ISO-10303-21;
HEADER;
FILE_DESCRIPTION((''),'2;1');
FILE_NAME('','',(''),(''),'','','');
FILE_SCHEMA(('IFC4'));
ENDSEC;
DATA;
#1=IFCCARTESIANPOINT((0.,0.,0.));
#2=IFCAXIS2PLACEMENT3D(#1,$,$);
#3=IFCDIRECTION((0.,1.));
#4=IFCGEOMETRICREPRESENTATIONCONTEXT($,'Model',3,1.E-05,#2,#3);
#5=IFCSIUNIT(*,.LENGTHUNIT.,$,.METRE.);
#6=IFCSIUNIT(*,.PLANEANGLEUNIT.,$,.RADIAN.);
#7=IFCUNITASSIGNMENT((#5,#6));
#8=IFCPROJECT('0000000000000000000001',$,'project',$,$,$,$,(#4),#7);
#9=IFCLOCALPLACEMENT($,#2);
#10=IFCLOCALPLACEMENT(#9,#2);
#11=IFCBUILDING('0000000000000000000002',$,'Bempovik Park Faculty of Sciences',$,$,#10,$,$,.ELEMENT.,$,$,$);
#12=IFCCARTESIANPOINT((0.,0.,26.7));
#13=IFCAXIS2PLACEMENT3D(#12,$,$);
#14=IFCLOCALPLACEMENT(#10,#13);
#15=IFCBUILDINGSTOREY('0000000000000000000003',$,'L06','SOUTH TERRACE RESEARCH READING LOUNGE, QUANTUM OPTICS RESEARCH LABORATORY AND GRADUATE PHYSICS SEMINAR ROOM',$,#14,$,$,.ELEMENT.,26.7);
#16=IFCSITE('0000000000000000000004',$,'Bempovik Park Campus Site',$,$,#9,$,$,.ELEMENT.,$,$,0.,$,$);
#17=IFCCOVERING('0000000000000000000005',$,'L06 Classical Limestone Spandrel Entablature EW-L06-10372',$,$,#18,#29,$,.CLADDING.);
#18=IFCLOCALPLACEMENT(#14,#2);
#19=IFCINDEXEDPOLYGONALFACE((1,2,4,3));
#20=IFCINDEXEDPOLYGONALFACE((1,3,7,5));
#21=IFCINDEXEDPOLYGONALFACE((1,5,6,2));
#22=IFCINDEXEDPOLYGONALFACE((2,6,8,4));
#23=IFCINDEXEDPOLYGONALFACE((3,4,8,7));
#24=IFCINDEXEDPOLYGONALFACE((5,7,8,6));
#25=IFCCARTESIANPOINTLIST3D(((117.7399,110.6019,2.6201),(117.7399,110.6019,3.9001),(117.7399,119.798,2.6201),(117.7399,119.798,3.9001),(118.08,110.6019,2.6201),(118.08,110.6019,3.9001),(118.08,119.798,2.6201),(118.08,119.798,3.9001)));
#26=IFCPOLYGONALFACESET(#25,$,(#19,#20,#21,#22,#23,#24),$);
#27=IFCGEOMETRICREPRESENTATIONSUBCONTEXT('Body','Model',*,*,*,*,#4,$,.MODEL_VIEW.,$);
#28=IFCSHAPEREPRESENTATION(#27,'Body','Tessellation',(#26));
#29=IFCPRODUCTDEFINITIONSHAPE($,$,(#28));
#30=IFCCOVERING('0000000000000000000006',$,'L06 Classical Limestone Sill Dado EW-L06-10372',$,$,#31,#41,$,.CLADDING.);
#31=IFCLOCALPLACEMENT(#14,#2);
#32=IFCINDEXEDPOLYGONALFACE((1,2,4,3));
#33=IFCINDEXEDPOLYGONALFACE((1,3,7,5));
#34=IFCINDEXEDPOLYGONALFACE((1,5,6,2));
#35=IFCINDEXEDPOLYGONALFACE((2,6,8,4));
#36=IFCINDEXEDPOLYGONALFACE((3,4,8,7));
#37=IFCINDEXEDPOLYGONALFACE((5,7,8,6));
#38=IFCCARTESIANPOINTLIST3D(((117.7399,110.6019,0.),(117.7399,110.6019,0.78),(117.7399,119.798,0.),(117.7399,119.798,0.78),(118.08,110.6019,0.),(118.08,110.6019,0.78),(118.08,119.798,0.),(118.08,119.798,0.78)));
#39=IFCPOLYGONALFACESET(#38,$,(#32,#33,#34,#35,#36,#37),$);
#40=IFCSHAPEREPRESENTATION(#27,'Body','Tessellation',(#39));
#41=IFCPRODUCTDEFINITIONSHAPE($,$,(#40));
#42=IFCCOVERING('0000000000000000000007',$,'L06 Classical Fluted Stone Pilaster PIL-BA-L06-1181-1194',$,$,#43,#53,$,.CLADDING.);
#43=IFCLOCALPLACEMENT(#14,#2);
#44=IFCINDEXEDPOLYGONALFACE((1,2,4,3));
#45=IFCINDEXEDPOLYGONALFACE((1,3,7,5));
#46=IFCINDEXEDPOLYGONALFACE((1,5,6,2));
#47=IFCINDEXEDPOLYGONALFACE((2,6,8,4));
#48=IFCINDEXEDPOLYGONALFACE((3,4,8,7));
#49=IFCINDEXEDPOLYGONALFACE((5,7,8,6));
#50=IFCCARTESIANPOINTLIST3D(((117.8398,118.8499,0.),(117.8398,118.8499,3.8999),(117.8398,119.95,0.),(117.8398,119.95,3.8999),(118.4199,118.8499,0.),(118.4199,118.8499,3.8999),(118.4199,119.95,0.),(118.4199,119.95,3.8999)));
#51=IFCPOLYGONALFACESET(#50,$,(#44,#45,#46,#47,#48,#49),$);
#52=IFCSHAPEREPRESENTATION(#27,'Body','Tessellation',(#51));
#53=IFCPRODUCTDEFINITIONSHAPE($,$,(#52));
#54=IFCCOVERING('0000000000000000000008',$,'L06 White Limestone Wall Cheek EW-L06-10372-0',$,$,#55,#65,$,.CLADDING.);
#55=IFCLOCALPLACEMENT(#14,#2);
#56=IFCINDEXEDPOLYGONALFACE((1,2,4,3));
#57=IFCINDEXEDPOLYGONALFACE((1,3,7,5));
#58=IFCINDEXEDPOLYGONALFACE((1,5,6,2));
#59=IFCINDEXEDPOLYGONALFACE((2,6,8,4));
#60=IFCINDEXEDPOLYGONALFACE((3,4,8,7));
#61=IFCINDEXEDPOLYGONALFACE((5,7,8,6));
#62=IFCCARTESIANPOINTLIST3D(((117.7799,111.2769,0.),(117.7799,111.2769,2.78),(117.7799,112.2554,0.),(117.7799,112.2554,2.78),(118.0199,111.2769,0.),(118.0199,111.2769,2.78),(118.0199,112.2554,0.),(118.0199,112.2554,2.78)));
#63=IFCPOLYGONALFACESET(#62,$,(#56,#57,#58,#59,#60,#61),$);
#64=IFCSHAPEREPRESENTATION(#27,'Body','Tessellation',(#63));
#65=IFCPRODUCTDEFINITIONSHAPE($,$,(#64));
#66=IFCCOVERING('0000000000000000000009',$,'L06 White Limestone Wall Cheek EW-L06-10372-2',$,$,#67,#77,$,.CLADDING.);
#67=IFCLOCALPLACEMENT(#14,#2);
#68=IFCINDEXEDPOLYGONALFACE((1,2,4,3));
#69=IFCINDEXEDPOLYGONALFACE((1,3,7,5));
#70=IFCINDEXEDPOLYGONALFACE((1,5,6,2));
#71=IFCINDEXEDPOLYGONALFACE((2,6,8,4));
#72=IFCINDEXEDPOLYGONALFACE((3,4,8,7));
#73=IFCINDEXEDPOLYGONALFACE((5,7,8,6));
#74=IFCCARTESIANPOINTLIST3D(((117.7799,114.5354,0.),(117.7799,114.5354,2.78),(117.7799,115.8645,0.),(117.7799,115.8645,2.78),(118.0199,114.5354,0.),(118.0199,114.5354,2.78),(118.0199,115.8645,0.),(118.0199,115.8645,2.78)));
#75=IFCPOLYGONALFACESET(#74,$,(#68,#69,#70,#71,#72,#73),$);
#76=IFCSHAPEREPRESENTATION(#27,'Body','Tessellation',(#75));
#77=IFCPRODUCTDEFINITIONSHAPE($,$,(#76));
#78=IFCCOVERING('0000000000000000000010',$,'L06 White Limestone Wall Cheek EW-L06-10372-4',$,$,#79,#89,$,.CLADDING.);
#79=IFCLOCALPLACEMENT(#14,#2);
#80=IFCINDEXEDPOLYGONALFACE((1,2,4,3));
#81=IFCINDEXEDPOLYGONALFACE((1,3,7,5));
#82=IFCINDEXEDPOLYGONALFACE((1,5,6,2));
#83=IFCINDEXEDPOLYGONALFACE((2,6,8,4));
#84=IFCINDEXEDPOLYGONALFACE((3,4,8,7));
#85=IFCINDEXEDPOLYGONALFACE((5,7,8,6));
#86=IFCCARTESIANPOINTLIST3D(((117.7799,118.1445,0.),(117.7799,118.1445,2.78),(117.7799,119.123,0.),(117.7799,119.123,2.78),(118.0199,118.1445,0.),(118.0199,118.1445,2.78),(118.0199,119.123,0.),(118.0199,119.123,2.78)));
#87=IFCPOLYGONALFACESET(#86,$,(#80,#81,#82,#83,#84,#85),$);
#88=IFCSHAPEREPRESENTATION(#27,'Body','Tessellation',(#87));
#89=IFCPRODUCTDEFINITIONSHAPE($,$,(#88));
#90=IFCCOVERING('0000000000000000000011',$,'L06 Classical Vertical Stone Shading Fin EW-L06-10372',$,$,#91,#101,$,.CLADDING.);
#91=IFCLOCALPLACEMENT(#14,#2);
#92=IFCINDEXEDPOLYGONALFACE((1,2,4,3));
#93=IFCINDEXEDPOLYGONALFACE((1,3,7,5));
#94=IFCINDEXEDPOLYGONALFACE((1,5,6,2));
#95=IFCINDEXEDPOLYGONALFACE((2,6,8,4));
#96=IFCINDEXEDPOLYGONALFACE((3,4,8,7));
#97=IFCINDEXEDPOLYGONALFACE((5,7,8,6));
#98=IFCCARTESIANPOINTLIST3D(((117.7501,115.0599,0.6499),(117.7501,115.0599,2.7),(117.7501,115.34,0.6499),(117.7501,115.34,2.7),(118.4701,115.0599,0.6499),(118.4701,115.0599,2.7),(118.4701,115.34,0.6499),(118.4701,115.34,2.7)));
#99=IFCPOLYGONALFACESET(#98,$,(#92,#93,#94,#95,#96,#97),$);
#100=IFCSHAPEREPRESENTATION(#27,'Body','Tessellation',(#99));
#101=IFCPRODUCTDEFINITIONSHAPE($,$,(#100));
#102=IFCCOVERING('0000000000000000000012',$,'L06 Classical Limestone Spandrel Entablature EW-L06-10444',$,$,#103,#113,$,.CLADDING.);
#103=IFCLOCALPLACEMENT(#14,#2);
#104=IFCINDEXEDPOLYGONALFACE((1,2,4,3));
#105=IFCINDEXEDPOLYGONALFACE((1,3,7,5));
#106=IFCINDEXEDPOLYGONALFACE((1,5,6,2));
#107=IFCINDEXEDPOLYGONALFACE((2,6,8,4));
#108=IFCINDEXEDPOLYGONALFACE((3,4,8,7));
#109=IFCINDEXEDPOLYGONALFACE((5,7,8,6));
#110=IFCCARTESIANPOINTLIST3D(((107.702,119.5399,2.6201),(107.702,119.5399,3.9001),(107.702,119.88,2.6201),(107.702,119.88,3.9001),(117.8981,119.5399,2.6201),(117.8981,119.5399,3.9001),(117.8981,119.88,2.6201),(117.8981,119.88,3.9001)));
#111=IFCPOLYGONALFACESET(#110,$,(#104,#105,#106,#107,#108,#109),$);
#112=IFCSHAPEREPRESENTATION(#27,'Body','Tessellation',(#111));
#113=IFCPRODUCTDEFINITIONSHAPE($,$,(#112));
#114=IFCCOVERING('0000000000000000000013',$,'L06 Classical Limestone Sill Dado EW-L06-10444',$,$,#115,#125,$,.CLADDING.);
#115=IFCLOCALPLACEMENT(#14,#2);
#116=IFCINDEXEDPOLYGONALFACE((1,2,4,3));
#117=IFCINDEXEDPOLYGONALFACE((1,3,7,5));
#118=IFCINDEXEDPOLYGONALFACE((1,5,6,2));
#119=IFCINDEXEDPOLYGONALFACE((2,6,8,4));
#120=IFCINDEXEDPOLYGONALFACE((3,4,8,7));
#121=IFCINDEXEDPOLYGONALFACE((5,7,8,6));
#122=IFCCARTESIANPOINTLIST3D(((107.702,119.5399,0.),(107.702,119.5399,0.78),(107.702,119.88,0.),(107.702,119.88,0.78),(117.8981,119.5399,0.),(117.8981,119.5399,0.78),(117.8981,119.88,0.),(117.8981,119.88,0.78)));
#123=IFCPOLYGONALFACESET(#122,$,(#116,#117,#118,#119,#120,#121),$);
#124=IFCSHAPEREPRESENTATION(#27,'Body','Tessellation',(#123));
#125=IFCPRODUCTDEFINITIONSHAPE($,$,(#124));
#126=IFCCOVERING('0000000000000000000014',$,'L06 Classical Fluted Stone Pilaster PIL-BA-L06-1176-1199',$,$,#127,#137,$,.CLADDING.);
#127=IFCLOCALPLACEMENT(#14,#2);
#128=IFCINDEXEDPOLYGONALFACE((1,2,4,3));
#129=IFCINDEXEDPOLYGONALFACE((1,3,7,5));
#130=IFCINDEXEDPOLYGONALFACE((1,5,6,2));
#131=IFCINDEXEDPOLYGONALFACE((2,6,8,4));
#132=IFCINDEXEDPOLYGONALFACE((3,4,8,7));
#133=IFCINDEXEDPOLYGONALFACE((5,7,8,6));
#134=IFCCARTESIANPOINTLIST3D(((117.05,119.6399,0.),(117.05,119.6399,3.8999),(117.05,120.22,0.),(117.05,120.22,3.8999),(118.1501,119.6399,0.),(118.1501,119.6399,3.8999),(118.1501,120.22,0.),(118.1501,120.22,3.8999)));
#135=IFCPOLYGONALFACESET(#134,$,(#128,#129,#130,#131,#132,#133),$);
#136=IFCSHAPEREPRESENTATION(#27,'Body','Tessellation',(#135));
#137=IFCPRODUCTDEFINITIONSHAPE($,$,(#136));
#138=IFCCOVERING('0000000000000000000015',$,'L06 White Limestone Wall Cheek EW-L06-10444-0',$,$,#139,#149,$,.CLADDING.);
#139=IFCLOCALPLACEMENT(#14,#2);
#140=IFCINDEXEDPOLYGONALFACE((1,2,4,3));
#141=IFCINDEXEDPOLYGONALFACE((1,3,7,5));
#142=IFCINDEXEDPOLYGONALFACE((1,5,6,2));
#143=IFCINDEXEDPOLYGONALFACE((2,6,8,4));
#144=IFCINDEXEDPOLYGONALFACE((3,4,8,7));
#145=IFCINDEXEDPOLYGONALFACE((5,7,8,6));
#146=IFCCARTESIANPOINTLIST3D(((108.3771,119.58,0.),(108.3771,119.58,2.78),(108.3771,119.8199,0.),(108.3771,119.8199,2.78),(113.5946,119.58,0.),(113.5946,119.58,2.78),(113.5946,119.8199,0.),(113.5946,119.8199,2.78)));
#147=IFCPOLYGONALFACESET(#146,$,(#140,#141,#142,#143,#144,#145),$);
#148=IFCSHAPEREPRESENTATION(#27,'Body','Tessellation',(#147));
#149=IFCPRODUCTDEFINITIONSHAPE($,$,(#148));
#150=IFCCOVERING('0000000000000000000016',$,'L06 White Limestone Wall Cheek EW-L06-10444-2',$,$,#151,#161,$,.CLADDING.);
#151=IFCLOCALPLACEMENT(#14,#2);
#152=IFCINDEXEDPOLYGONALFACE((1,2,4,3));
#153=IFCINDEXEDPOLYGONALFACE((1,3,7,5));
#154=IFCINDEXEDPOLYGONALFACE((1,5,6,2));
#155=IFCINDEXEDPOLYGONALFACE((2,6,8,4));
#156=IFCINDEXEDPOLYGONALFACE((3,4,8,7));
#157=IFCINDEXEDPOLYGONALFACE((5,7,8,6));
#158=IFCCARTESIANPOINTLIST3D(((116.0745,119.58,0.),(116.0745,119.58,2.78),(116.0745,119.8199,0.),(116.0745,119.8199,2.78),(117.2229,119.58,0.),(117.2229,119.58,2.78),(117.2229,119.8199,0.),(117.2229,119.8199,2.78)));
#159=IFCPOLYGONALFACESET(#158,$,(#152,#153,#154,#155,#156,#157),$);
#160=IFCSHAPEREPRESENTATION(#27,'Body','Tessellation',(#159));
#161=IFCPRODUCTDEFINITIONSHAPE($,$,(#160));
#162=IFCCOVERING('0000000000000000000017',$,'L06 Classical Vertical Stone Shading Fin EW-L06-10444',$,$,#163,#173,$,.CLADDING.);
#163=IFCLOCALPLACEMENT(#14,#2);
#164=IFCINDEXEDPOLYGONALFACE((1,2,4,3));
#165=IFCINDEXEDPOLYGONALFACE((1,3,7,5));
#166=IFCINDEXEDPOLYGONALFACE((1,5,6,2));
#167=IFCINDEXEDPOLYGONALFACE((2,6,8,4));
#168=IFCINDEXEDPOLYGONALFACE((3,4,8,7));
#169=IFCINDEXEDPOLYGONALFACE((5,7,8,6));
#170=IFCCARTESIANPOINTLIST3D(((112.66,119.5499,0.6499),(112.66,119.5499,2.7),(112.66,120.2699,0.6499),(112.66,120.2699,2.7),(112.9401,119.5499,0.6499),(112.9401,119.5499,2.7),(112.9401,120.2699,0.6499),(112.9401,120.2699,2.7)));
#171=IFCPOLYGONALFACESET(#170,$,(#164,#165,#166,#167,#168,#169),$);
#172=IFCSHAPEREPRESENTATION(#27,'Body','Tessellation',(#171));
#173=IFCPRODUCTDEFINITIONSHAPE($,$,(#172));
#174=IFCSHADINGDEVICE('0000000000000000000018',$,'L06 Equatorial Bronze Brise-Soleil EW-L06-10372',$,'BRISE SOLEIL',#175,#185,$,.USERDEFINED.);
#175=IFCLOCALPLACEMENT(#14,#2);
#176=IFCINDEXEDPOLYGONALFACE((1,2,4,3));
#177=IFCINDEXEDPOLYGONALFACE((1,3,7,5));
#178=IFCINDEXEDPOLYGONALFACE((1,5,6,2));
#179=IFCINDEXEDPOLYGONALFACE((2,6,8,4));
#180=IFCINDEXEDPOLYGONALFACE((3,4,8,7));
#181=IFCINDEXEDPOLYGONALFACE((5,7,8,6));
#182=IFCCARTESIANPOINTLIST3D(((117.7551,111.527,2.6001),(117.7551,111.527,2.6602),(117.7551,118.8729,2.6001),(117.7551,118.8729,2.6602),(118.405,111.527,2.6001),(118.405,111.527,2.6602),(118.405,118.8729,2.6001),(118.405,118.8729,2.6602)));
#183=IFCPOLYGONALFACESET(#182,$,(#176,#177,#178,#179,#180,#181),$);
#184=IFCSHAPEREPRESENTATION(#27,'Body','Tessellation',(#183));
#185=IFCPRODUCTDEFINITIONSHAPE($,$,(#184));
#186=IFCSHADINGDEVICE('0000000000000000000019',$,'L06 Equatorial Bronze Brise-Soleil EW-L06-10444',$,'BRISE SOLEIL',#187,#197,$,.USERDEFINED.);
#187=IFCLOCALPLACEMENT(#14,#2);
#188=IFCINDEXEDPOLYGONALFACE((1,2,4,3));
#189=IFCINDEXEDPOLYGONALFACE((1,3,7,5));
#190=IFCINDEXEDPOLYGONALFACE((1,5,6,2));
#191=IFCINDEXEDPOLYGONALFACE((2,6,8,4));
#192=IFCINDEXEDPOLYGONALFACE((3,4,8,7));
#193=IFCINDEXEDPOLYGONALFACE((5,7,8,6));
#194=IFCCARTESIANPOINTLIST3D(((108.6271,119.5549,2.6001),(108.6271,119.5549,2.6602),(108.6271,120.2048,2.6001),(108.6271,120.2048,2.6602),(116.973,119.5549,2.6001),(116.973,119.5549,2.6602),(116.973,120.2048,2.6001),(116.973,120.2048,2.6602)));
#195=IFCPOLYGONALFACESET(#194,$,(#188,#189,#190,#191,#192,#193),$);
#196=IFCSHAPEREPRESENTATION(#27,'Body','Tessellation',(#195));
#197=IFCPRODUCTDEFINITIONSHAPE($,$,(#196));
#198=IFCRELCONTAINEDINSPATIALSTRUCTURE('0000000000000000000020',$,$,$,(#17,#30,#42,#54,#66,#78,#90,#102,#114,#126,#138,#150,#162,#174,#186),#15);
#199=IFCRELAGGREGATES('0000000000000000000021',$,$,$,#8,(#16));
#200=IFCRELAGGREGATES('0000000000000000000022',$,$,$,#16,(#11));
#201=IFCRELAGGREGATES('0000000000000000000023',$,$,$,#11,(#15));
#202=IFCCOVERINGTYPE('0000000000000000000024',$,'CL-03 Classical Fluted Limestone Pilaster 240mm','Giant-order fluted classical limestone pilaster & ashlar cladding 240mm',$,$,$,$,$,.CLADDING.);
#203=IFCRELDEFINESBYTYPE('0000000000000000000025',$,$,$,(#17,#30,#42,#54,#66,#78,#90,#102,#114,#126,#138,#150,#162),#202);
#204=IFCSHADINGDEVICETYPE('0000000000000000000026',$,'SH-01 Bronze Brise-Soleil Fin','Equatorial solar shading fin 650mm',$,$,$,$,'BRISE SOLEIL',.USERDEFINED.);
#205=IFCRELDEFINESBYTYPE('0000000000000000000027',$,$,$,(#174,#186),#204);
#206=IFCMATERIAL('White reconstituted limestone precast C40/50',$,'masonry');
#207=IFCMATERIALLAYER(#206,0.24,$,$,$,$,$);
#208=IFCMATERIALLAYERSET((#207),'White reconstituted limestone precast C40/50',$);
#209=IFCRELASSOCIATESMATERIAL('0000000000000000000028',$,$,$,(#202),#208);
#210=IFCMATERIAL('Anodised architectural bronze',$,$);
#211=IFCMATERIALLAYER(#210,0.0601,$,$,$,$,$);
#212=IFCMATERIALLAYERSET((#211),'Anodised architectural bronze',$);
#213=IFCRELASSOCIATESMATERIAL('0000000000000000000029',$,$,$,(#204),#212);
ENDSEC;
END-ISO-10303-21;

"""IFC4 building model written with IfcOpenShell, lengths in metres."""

from ifc_helpers import new_model, si_unit, direction, frame, origin, origin_2d, place, context, subcontext, project, spatial, rectangle, extrude, material, layer, layer_set, type_object, element, save


model = new_model("IFC4")

# Units and contexts
model_context = context("Model", 3, precision=1e-05, world=origin(), true_north=direction((0.0, 1.0)))
body_context = subcontext(model_context, "Body", "Model", "MODEL_VIEW")
ifc_project = project(units=[si_unit("LENGTHUNIT", "METRE"), si_unit("PLANEANGLEUNIT", "RADIAN")], contexts=[model_context])

# Site, building, storey
site_placement = place(None, origin())
site = spatial("IfcSite", under=ifc_project, at=site_placement, Name="Bempovik Park Campus Site", CompositionType="ELEMENT", RefElevation=0.0)
building_placement = place(site_placement, origin())
building = spatial("IfcBuilding", under=site, at=building_placement, Name="Bempovik Park Faculty of Sciences", CompositionType="ELEMENT")
storey_placement = place(building_placement, frame((0.0, 0.0, 26.7)))
storey = spatial("IfcBuildingStorey", under=building, at=storey_placement, Name="L06", Description="SOUTH TERRACE RESEARCH READING LOUNGE, QUANTUM OPTICS RESEARCH LABORATORY AND GRADUATE PHYSICS SEMINAR ROOM", CompositionType="ELEMENT", Elevation=26.7)

# Coverings
ifc_material_1 = material(Name="White reconstituted limestone precast C40/50", Category="masonry")
ifc_layer_1 = layer(ifc_material_1, 0.24)
ifc_layer_set_1 = layer_set([ifc_layer_1], Name="White reconstituted limestone precast C40/50")
covering_type_1 = type_object("IfcCoveringType", Name="CL-03 Classical Fluted Limestone Pilaster 240mm", Description="Giant-order fluted classical limestone pilaster & ashlar cladding 240mm", PredefinedType="CLADDING", material=ifc_layer_set_1)
covering_1_placement = place(storey_placement, frame((117.9099, 115.2, 2.6201), z_axis=(0.0, 0.0, 1.0), x_axis=(1.0, 0.0, 0.0)))
element("IfcCovering", 1, at=covering_1_placement, inside=storey, type_object=covering_type_1, Name="L06 Classical Limestone Spandrel Entablature EW-L06-10372", PredefinedType="CLADDING", context=body_context, shape_type="SweptSolid", body=[
    extrude(rectangle(XDim=0.3401, YDim=9.196, at=origin_2d()), origin(), (0.0, 0.0, 1.0), 1.28),
])
covering_2_placement = place(storey_placement, frame((117.9099, 115.2, 0.0), z_axis=(0.0, 0.0, 1.0), x_axis=(1.0, 0.0, 0.0)))
element("IfcCovering", 2, at=covering_2_placement, inside=storey, type_object=covering_type_1, Name="L06 Classical Limestone Sill Dado EW-L06-10372", PredefinedType="CLADDING", context=body_context, shape_type="SweptSolid", body=[
    extrude(rectangle(XDim=0.3401, YDim=9.196, at=origin_2d()), origin(), (0.0, 0.0, 1.0), 0.78),
])
covering_3_placement = place(storey_placement, frame((118.1299, 119.3999, 0.0), z_axis=(0.0, 0.0, 1.0), x_axis=(1.0, 0.0, 0.0)))
element("IfcCovering", 3, at=covering_3_placement, inside=storey, type_object=covering_type_1, Name="L06 Classical Fluted Stone Pilaster PIL-BA-L06-1181-1194", PredefinedType="CLADDING", context=body_context, shape_type="SweptSolid", body=[
    extrude(rectangle(XDim=0.5801, YDim=1.1001, at=origin_2d()), origin(), (0.0, 0.0, 1.0), 3.8999),
])
covering_4_placement = place(storey_placement, frame((117.8999, 111.7661, 0.0), z_axis=(0.0, 0.0, 1.0), x_axis=(1.0, 0.0, 0.0)))
element("IfcCovering", 4, at=covering_4_placement, inside=storey, type_object=covering_type_1, Name="L06 White Limestone Wall Cheek EW-L06-10372-0", PredefinedType="CLADDING", context=body_context, shape_type="SweptSolid", body=[
    extrude(rectangle(XDim=0.24, YDim=0.9785, at=origin_2d()), origin(), (0.0, 0.0, 1.0), 2.78),
])
covering_5_placement = place(storey_placement, frame((117.8999, 115.2, 0.0), z_axis=(0.0, 0.0, 1.0), x_axis=(1.0, 0.0, 0.0)))
element("IfcCovering", 5, at=covering_5_placement, inside=storey, type_object=covering_type_1, Name="L06 White Limestone Wall Cheek EW-L06-10372-2", PredefinedType="CLADDING", context=body_context, shape_type="SweptSolid", body=[
    extrude(rectangle(XDim=0.24, YDim=1.3291, at=origin_2d()), origin(), (0.0, 0.0, 1.0), 2.78),
])
covering_6_placement = place(storey_placement, frame((117.8999, 118.6338, 0.0), z_axis=(0.0, 0.0, 1.0), x_axis=(1.0, 0.0, 0.0)))
element("IfcCovering", 6, at=covering_6_placement, inside=storey, type_object=covering_type_1, Name="L06 White Limestone Wall Cheek EW-L06-10372-4", PredefinedType="CLADDING", context=body_context, shape_type="SweptSolid", body=[
    extrude(rectangle(XDim=0.24, YDim=0.9785, at=origin_2d()), origin(), (0.0, 0.0, 1.0), 2.78),
])
covering_7_placement = place(storey_placement, frame((118.1101, 115.2, 0.6499), z_axis=(0.0, 0.0, 1.0), x_axis=(1.0, 0.0, 0.0)))
element("IfcCovering", 7, at=covering_7_placement, inside=storey, type_object=covering_type_1, Name="L06 Classical Vertical Stone Shading Fin EW-L06-10372", PredefinedType="CLADDING", context=body_context, shape_type="SweptSolid", body=[
    extrude(rectangle(XDim=0.72, YDim=0.28, at=origin_2d()), origin(), (0.0, 0.0, 1.0), 2.05),
])
covering_8_placement = place(storey_placement, frame((112.8, 119.71, 2.6201), z_axis=(0.0, 0.0, 1.0), x_axis=(1.0, 0.0, 0.0)))
element("IfcCovering", 8, at=covering_8_placement, inside=storey, type_object=covering_type_1, Name="L06 Classical Limestone Spandrel Entablature EW-L06-10444", PredefinedType="CLADDING", context=body_context, shape_type="SweptSolid", body=[
    extrude(rectangle(XDim=10.196, YDim=0.3401, at=origin_2d()), origin(), (0.0, 0.0, 1.0), 1.28),
])
covering_9_placement = place(storey_placement, frame((112.8, 119.71, 0.0), z_axis=(0.0, 0.0, 1.0), x_axis=(1.0, 0.0, 0.0)))
element("IfcCovering", 9, at=covering_9_placement, inside=storey, type_object=covering_type_1, Name="L06 Classical Limestone Sill Dado EW-L06-10444", PredefinedType="CLADDING", context=body_context, shape_type="SweptSolid", body=[
    extrude(rectangle(XDim=10.196, YDim=0.3401, at=origin_2d()), origin(), (0.0, 0.0, 1.0), 0.78),
])
covering_10_placement = place(storey_placement, frame((117.6001, 119.9299, 0.0), z_axis=(0.0, 0.0, 1.0), x_axis=(1.0, 0.0, 0.0)))
element("IfcCovering", 10, at=covering_10_placement, inside=storey, type_object=covering_type_1, Name="L06 Classical Fluted Stone Pilaster PIL-BA-L06-1176-1199", PredefinedType="CLADDING", context=body_context, shape_type="SweptSolid", body=[
    extrude(rectangle(XDim=1.1001, YDim=0.5801, at=origin_2d()), origin(), (0.0, 0.0, 1.0), 3.8999),
])
covering_11_placement = place(storey_placement, frame((110.9858, 119.7, 0.0), z_axis=(0.0, 0.0, 1.0), x_axis=(1.0, 0.0, 0.0)))
element("IfcCovering", 11, at=covering_11_placement, inside=storey, type_object=covering_type_1, Name="L06 White Limestone Wall Cheek EW-L06-10444-0", PredefinedType="CLADDING", context=body_context, shape_type="SweptSolid", body=[
    extrude(rectangle(XDim=5.2175, YDim=0.24, at=origin_2d()), origin(), (0.0, 0.0, 1.0), 2.78),
])
covering_12_placement = place(storey_placement, frame((116.6487, 119.7, 0.0), z_axis=(0.0, 0.0, 1.0), x_axis=(1.0, 0.0, 0.0)))
element("IfcCovering", 12, at=covering_12_placement, inside=storey, type_object=covering_type_1, Name="L06 White Limestone Wall Cheek EW-L06-10444-2", PredefinedType="CLADDING", context=body_context, shape_type="SweptSolid", body=[
    extrude(rectangle(XDim=1.1484, YDim=0.24, at=origin_2d()), origin(), (0.0, 0.0, 1.0), 2.78),
])
covering_13_placement = place(storey_placement, frame((112.8, 119.9099, 0.6499), z_axis=(0.0, 0.0, 1.0), x_axis=(1.0, 0.0, 0.0)))
element("IfcCovering", 13, at=covering_13_placement, inside=storey, type_object=covering_type_1, Name="L06 Classical Vertical Stone Shading Fin EW-L06-10444", PredefinedType="CLADDING", context=body_context, shape_type="SweptSolid", body=[
    extrude(rectangle(XDim=0.28, YDim=0.72, at=origin_2d()), origin(), (0.0, 0.0, 1.0), 2.05),
])

# Shading devices
ifc_material_2 = material(Name="Anodised architectural bronze")
ifc_layer_2 = layer(ifc_material_2, 0.0601)
ifc_layer_set_2 = layer_set([ifc_layer_2], Name="Anodised architectural bronze")
shading_device_type = type_object("IfcShadingDeviceType", Name="SH-01 Bronze Brise-Soleil Fin", Description="Equatorial solar shading fin 650mm", ElementType="BRISE SOLEIL", PredefinedType="USERDEFINED", material=ifc_layer_set_2)
shading_device_1_placement = place(storey_placement, frame((118.0801, 115.2, 2.6001), z_axis=(0.0, 0.0, 1.0), x_axis=(1.0, 0.0, 0.0)))
element("IfcShadingDevice", 14, at=shading_device_1_placement, inside=storey, type_object=shading_device_type, Name="L06 Equatorial Bronze Brise-Soleil EW-L06-10372", ObjectType="BRISE SOLEIL", PredefinedType="USERDEFINED", context=body_context, shape_type="SweptSolid", body=[
    extrude(rectangle(XDim=0.6499, YDim=7.3459, at=origin_2d()), origin(), (0.0, 0.0, 1.0), 0.0601),
])
shading_device_2_placement = place(storey_placement, frame((112.8, 119.8799, 2.6001), z_axis=(0.0, 0.0, 1.0), x_axis=(1.0, 0.0, 0.0)))
element("IfcShadingDevice", 15, at=shading_device_2_placement, inside=storey, type_object=shading_device_type, Name="L06 Equatorial Bronze Brise-Soleil EW-L06-10444", ObjectType="BRISE SOLEIL", PredefinedType="USERDEFINED", context=body_context, shape_type="SweptSolid", body=[
    extrude(rectangle(XDim=8.3459, YDim=0.6499, at=origin_2d()), origin(), (0.0, 0.0, 1.0), 0.0601),
])

save(model, "model.ifc")
